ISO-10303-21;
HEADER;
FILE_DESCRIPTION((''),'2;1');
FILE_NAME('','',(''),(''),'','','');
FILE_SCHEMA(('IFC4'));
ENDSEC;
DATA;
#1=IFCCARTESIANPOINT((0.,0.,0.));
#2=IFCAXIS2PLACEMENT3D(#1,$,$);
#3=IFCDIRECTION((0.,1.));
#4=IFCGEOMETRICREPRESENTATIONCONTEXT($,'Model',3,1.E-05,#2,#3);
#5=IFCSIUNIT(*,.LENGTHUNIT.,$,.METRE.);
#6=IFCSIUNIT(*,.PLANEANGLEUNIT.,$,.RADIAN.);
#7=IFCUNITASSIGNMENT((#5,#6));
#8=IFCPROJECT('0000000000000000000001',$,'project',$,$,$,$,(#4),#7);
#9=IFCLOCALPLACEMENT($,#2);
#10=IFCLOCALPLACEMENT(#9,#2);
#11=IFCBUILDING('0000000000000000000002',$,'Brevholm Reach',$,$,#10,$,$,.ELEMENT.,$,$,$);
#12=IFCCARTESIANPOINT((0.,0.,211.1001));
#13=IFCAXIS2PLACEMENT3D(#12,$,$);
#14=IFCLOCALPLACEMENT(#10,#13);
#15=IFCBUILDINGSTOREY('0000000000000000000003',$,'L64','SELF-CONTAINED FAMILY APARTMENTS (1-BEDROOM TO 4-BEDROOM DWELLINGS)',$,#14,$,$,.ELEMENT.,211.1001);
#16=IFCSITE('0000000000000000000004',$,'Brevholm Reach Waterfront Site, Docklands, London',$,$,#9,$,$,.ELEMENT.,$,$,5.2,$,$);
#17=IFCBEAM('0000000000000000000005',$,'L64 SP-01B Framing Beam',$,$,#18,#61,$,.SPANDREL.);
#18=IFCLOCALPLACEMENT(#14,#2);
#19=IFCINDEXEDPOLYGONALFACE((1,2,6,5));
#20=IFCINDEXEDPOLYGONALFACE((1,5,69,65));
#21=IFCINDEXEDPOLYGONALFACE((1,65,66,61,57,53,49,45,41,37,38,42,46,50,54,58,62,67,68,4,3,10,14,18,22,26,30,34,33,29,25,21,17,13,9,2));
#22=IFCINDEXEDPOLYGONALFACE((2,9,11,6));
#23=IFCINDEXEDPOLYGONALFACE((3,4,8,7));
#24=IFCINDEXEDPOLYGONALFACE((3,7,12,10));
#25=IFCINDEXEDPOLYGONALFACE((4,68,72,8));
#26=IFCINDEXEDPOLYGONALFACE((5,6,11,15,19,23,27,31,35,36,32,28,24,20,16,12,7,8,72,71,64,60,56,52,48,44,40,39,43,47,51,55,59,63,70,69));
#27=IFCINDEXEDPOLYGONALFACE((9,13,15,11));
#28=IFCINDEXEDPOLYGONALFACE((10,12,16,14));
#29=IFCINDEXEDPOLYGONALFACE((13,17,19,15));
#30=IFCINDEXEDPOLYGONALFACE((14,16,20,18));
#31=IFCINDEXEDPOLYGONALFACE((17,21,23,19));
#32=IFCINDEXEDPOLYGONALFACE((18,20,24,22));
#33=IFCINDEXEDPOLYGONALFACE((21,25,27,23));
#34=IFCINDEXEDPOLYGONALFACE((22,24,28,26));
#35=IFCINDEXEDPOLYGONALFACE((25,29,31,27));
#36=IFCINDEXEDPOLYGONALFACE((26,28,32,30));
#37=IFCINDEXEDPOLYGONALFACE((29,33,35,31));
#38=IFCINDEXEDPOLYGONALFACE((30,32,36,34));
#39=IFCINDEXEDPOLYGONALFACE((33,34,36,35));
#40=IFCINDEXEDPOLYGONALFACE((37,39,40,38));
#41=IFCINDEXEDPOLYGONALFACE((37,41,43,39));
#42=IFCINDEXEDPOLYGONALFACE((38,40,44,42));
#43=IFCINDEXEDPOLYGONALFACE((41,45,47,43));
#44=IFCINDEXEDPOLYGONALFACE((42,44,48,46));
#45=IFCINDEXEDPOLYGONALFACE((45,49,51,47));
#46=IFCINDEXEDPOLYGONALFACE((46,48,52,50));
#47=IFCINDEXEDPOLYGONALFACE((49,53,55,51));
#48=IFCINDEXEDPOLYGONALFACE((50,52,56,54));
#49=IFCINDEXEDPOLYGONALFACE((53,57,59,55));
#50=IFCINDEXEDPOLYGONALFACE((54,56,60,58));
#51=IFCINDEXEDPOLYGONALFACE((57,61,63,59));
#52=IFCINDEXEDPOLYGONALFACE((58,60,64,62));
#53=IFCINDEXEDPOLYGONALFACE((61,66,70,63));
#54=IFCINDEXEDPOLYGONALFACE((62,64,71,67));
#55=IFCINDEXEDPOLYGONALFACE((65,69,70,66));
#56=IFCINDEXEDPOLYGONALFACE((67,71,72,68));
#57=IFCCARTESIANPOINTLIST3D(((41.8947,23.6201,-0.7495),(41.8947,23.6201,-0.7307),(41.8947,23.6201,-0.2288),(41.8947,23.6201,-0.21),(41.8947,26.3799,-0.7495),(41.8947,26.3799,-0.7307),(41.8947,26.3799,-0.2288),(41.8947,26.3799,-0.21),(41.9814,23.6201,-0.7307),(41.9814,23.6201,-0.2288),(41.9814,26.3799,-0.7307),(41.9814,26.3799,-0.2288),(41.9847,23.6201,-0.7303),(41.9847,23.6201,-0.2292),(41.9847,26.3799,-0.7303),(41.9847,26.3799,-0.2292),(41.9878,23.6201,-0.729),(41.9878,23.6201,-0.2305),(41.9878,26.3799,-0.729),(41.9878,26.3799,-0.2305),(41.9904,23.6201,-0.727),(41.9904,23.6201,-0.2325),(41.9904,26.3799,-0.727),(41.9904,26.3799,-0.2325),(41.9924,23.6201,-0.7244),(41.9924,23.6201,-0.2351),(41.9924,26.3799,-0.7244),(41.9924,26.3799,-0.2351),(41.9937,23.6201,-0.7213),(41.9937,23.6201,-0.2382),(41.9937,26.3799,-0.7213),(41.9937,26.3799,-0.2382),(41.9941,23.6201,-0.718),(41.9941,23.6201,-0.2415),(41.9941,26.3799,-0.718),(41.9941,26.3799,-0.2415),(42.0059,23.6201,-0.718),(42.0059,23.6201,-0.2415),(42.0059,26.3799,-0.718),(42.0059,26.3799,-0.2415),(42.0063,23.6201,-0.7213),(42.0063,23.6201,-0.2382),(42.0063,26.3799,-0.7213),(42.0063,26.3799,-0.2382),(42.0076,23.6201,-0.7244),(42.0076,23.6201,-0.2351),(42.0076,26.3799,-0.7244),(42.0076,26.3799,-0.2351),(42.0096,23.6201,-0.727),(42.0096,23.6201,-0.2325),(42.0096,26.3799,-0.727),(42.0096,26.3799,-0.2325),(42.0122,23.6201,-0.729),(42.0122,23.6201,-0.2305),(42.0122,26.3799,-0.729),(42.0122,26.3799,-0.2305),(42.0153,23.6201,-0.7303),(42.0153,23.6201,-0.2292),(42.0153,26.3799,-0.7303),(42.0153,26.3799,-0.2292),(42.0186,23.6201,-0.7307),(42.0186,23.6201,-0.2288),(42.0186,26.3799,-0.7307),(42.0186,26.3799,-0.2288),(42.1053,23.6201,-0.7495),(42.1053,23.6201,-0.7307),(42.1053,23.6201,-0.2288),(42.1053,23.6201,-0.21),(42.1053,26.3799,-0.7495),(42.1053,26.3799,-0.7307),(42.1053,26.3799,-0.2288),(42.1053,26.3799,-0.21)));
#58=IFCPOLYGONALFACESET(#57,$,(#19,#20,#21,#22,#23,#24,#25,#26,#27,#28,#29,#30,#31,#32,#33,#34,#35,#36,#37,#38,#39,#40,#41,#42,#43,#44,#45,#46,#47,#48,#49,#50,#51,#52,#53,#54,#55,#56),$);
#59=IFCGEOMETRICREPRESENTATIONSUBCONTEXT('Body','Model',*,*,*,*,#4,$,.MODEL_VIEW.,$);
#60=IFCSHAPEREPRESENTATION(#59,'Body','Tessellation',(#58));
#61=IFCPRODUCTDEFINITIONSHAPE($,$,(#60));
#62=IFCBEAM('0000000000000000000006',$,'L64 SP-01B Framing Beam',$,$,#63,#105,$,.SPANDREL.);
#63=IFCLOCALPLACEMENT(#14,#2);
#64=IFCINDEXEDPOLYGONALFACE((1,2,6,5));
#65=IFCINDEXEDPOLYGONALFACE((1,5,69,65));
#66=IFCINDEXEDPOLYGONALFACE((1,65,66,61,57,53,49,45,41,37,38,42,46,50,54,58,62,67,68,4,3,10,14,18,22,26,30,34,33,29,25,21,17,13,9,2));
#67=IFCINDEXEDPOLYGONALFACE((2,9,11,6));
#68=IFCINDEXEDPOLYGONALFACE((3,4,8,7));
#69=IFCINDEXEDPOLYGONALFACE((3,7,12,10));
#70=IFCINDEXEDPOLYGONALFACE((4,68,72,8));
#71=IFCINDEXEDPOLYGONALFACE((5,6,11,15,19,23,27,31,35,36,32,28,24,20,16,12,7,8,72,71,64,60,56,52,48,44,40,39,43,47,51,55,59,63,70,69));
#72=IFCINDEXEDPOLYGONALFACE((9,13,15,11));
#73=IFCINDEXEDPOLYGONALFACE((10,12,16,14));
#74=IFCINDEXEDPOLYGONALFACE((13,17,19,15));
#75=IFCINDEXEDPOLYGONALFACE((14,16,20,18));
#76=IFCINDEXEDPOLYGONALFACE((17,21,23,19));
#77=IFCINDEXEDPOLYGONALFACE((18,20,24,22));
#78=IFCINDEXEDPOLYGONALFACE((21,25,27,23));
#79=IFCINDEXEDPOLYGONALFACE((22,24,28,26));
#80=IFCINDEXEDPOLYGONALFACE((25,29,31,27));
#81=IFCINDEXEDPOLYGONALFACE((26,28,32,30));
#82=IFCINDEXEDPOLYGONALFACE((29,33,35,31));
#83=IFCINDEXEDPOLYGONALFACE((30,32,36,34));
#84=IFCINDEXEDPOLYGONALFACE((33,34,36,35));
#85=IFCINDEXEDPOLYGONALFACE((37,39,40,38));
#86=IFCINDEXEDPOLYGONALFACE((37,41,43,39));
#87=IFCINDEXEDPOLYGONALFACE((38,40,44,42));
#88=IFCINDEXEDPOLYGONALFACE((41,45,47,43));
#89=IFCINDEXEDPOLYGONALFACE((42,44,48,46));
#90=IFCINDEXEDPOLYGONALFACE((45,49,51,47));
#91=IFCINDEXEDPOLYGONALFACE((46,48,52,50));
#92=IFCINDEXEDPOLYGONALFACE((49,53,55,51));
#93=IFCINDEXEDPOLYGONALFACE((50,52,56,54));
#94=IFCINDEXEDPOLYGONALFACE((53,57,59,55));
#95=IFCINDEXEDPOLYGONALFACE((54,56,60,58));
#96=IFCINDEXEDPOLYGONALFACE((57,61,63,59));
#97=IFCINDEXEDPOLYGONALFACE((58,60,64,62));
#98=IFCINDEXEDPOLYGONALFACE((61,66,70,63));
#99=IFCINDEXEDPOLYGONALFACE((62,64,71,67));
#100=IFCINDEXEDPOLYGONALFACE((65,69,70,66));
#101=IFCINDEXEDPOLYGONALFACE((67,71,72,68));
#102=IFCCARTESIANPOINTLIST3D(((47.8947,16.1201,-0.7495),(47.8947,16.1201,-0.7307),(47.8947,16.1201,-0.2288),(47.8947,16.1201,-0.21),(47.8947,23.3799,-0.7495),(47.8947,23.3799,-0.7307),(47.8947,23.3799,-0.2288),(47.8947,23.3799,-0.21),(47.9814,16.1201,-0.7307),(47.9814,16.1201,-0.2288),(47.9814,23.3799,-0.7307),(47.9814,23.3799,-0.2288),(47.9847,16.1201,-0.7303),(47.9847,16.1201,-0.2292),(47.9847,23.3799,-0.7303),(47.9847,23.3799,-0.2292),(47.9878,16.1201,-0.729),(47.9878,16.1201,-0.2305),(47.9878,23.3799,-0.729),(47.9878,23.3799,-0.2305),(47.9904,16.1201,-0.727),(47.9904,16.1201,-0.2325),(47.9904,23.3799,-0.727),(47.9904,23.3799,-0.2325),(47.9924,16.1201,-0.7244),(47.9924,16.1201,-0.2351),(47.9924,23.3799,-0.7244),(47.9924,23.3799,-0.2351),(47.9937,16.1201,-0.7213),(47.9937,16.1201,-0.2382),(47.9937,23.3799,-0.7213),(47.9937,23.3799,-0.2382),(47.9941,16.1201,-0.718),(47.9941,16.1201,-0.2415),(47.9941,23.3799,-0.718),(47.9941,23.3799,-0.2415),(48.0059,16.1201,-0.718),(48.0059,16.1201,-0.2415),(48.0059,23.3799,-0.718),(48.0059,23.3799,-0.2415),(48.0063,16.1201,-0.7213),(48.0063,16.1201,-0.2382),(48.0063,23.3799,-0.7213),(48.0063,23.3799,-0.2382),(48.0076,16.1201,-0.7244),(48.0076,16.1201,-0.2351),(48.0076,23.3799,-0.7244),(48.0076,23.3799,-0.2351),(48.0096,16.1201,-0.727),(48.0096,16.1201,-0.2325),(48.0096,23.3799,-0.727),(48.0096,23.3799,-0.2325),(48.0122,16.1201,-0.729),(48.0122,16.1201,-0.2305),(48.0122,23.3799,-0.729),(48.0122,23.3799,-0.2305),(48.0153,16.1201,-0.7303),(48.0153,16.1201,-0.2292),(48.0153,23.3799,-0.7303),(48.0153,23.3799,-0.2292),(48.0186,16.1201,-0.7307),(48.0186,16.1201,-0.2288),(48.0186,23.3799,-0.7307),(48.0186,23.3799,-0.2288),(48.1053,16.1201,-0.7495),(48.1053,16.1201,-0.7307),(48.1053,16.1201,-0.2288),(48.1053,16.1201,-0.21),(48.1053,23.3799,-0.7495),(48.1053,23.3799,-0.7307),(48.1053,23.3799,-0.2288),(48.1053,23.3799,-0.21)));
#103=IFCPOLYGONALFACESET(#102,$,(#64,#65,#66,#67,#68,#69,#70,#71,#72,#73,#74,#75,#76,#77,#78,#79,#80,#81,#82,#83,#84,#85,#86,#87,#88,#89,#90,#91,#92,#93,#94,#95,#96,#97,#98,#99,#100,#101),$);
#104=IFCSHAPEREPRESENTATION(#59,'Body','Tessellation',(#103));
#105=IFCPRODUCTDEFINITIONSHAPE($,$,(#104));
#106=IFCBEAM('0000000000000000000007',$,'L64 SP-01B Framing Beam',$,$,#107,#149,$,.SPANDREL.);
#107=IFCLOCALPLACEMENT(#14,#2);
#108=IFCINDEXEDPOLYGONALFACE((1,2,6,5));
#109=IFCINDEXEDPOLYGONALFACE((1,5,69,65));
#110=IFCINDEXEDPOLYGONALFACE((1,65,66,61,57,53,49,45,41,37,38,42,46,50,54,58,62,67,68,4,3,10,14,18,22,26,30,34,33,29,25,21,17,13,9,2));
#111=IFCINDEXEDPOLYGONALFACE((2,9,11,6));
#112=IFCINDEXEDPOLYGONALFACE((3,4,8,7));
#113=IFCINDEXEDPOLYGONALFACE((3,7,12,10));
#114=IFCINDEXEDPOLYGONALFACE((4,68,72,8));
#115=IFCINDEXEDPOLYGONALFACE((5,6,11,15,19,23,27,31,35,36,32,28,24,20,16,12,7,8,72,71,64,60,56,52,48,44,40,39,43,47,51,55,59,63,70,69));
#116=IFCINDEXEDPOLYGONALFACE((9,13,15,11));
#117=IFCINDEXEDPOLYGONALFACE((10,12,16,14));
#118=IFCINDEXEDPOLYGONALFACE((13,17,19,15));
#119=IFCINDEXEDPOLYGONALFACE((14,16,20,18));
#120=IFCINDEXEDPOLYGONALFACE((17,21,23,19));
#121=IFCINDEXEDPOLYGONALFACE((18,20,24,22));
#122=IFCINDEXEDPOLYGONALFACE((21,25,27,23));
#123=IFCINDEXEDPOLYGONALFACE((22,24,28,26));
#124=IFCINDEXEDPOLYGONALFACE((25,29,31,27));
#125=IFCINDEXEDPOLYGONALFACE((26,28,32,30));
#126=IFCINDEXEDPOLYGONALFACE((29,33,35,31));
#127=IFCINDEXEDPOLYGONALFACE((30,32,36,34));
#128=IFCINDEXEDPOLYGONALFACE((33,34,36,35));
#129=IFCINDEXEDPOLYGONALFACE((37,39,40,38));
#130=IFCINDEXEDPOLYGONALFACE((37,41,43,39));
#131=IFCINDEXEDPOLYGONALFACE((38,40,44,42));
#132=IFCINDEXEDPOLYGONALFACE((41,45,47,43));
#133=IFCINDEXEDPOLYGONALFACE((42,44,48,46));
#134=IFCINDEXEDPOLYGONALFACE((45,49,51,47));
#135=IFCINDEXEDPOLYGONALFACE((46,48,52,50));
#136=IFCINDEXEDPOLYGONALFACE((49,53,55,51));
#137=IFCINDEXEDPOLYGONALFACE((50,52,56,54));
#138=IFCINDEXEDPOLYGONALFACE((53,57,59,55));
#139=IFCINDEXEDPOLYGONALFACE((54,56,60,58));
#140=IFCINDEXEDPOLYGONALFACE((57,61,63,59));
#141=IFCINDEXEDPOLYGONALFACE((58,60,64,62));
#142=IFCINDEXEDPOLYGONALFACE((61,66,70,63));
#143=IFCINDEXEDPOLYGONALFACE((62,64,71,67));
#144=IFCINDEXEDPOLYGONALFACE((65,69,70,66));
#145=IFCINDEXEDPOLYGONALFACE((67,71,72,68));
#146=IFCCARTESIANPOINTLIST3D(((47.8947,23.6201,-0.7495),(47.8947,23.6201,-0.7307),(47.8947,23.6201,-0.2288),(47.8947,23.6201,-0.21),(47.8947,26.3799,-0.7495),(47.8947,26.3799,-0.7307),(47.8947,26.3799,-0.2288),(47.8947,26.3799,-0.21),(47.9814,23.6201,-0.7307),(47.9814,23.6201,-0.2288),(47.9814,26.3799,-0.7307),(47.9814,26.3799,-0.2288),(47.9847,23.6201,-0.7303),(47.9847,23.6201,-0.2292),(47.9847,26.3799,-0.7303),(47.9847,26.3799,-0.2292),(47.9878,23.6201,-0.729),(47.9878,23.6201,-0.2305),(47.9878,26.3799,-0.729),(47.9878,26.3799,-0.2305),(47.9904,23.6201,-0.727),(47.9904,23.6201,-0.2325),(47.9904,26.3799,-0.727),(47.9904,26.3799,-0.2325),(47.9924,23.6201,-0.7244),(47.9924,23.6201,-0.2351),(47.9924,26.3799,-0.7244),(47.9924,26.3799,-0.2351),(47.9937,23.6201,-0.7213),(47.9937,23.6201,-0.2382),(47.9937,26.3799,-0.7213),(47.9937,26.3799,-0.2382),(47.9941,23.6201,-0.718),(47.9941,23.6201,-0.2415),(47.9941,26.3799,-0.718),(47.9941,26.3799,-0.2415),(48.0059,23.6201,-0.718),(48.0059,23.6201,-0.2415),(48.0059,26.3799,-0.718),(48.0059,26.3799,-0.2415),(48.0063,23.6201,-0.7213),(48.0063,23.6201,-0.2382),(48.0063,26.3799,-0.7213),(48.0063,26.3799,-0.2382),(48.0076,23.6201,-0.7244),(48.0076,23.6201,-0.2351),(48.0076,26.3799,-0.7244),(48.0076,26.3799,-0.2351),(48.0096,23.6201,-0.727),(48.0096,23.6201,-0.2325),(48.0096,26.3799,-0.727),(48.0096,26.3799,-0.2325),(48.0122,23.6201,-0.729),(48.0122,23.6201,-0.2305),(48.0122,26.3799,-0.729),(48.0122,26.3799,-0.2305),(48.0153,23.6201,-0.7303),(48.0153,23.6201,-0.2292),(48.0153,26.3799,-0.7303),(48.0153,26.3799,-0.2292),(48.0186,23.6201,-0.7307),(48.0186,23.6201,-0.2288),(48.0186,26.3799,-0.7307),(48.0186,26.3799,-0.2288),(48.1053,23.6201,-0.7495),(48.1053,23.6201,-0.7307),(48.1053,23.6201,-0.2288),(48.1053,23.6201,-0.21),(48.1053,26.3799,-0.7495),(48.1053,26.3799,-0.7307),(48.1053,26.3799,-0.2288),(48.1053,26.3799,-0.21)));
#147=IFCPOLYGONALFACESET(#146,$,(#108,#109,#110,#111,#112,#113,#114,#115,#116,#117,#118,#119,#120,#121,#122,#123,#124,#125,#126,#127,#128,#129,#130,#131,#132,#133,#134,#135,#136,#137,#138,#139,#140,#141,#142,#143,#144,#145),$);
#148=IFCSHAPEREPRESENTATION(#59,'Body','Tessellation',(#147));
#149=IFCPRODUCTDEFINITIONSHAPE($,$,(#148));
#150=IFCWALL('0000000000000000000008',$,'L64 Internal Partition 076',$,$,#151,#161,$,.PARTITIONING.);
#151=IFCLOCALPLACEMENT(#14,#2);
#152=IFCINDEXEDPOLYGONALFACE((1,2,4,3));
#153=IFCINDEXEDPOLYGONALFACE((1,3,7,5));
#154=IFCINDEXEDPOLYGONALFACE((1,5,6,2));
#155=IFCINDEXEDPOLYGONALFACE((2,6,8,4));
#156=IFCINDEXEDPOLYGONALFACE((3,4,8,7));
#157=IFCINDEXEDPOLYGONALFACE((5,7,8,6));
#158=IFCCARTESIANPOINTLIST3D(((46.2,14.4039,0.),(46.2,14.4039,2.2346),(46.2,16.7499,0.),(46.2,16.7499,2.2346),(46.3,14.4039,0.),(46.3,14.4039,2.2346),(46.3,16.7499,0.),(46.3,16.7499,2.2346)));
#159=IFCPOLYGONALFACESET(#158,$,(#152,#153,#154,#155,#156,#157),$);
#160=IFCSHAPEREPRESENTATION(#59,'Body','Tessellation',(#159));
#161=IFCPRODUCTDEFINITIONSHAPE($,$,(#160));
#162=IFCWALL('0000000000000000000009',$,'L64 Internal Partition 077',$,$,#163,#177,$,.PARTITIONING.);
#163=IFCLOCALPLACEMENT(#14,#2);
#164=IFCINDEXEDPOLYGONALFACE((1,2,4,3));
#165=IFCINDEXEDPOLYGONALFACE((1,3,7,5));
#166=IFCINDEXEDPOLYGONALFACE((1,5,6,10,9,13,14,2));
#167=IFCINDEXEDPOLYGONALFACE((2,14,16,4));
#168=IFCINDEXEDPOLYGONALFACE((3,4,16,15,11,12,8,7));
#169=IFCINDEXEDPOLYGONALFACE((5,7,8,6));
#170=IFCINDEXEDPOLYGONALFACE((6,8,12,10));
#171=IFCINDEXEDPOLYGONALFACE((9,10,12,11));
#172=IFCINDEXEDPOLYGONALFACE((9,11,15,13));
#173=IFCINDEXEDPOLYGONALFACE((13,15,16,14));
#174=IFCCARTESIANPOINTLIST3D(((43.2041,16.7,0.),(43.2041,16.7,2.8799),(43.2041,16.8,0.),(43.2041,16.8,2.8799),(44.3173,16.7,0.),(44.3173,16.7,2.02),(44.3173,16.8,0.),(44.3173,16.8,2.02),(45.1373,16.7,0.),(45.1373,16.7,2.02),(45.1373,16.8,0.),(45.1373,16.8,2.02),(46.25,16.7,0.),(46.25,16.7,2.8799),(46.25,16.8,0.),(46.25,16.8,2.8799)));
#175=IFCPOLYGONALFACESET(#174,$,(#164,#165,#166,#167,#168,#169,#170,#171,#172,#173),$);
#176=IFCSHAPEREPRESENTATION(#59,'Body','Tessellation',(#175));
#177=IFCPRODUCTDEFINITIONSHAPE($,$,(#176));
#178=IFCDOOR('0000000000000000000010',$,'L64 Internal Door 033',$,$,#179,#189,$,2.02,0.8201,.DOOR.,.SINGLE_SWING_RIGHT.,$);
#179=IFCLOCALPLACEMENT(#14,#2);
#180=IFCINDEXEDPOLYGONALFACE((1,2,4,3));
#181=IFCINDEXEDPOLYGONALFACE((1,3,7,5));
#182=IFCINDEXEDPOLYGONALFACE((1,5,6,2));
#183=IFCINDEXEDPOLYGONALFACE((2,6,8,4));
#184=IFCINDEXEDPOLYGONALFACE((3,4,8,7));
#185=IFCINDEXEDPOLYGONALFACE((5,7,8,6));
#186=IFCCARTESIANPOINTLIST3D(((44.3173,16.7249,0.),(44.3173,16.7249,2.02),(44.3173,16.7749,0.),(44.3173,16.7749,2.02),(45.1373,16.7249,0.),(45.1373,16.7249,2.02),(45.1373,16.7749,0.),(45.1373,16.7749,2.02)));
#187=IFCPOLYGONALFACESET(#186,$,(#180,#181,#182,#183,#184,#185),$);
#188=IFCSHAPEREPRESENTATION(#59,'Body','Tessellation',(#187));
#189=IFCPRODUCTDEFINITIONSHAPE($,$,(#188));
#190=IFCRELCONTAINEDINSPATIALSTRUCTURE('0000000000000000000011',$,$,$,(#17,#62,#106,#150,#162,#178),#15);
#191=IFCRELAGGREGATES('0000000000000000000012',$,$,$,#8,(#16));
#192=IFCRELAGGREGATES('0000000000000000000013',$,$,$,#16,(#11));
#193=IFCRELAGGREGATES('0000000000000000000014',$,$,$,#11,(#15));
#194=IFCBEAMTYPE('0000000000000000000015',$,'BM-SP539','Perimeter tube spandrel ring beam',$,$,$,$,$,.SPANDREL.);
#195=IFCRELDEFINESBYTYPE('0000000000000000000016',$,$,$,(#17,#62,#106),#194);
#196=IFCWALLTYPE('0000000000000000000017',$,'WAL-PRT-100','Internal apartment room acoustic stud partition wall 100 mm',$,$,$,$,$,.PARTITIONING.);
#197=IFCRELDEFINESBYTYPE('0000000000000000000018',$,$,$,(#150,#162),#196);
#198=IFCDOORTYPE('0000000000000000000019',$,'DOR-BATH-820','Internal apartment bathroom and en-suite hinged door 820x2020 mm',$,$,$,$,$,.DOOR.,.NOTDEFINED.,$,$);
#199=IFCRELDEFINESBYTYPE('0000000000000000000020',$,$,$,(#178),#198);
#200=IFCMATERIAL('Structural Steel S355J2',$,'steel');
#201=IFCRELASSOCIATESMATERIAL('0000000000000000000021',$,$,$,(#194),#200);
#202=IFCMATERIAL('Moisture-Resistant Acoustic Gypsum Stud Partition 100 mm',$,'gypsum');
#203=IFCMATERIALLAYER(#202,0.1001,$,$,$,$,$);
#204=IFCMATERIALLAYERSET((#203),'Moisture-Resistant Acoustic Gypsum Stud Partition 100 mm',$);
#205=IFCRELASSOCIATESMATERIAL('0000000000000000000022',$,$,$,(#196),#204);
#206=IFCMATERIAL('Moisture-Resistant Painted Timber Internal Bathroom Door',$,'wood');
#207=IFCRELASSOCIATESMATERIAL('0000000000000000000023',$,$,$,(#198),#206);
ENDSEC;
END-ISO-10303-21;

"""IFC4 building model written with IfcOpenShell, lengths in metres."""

from ifc_helpers import new_model, si_unit, direction, frame, frame_2d, origin, origin_2d, place, context, subcontext, project, spatial, rectangle, i_section, extrude, material, layer, layer_set, material_profile, profile_set, type_object, element, fill, save


model = new_model("IFC4")

# Units and contexts
model_context = context("Model", 3, precision=1e-05, world=origin(), true_north=direction((0.0, 1.0)))
body_context = subcontext(model_context, "Body", "Model", "MODEL_VIEW")
ifc_project = project(units=[si_unit("LENGTHUNIT", "METRE"), si_unit("PLANEANGLEUNIT", "RADIAN")], contexts=[model_context])

# Site, building, storey
site_placement = place(None, origin())
site = spatial("IfcSite", under=ifc_project, at=site_placement, Name="Brevholm Reach Waterfront Site, Docklands, London", CompositionType="ELEMENT", RefElevation=5.2)
building_placement = place(site_placement, origin())
building = spatial("IfcBuilding", under=site, at=building_placement, Name="Brevholm Reach", CompositionType="ELEMENT")
storey_placement = place(building_placement, frame((0.0, 0.0, 211.1001)))
storey = spatial("IfcBuildingStorey", under=building, at=storey_placement, Name="L64", Description="SELF-CONTAINED FAMILY APARTMENTS (1-BEDROOM TO 4-BEDROOM DWELLINGS)", CompositionType="ELEMENT", Elevation=211.1001)

# Beams
ifc_material_1 = material(Name="Structural Steel S355J2", Category="steel")
ifc_material_profile_1 = material_profile(ifc_material_1, i_section(OverallWidth=0.2107, OverallDepth=0.5396, WebThickness=0.0117, FlangeThickness=0.0188, FilletRadius=0.0127, at=origin_2d()), Name="UKB 533x210x109")
ifc_profile_set_1 = profile_set([ifc_material_profile_1], Name="Structural Steel S355J2")
beam_type_1 = type_object("IfcBeamType", Name="BM-SP539", Description="Perimeter tube spandrel ring beam", PredefinedType="SPANDREL", material=ifc_profile_set_1)
beam_1_placement = place(storey_placement, frame((42.0, 23.6201, -0.4797), z_axis=(0.0, 1.0, 0.0), x_axis=(-1.0, 0.0, 0.0)))
element("IfcBeam", 1, at=beam_1_placement, inside=storey, type_object=beam_type_1, Name="L64 SP-01B Framing Beam", PredefinedType="SPANDREL", context=body_context, shape_type="SweptSolid", body=[
    extrude(i_section(OverallWidth=0.2107, OverallDepth=0.5396, WebThickness=0.0117, FlangeThickness=0.0188, FilletRadius=0.0127, at=origin_2d()), origin(), (0.0, 0.0, 1.0), 2.7598),
])
beam_2_placement = place(storey_placement, frame((48.0, 16.1201, -0.4797), z_axis=(0.0, 1.0, 0.0), x_axis=(-1.0, 0.0, 0.0)))
element("IfcBeam", 2, at=beam_2_placement, inside=storey, type_object=beam_type_1, Name="L64 SP-01B Framing Beam", PredefinedType="SPANDREL", context=body_context, shape_type="SweptSolid", body=[
    extrude(i_section(OverallWidth=0.2107, OverallDepth=0.5396, WebThickness=0.0117, FlangeThickness=0.0188, FilletRadius=0.0127, at=origin_2d()), origin(), (0.0, 0.0, 1.0), 7.2598),
])
beam_3_placement = place(storey_placement, frame((48.0, 23.6201, -0.4797), z_axis=(0.0, 1.0, 0.0), x_axis=(-1.0, 0.0, 0.0)))
element("IfcBeam", 3, at=beam_3_placement, inside=storey, type_object=beam_type_1, Name="L64 SP-01B Framing Beam", PredefinedType="SPANDREL", context=body_context, shape_type="SweptSolid", body=[
    extrude(i_section(OverallWidth=0.2107, OverallDepth=0.5396, WebThickness=0.0117, FlangeThickness=0.0188, FilletRadius=0.0127, at=origin_2d()), origin(), (0.0, 0.0, 1.0), 2.7598),
])

# Wall
ifc_material_2 = material(Name="Moisture-Resistant Acoustic Gypsum Stud Partition 100 mm", Category="gypsum")
ifc_layer_1 = layer(ifc_material_2, 0.1001)
ifc_layer_set_1 = layer_set([ifc_layer_1], Name="Moisture-Resistant Acoustic Gypsum Stud Partition 100 mm")
wall_type_1 = type_object("IfcWallType", Name="WAL-PRT-100", Description="Internal apartment room acoustic stud partition wall 100 mm", PredefinedType="PARTITIONING", material=ifc_layer_set_1)
wall_1_placement = place(storey_placement, frame((46.25, 14.4041, 0.0), z_axis=(0.0, 0.0, 1.0), x_axis=(0.0, 1.0, 0.0)))
element("IfcWall", 4, at=wall_1_placement, inside=storey, type_object=wall_type_1, Name="L64 Internal Partition 076", PredefinedType="PARTITIONING", context=body_context, shape_type="SweptSolid", body=[
    extrude(rectangle(XDim=2.3459, YDim=0.1001, at=frame_2d((1.1729, 0.0))), origin(), (0.0, 0.0, 1.0), 2.2346),
])

# Wall, opening, door
wall_2_placement = place(storey_placement, frame((43.2041, 16.75, 0.0), z_axis=(0.0, 0.0, 1.0), x_axis=(1.0, 0.0, 0.0)))
wall_2 = element("IfcWall", 5, at=wall_2_placement, inside=storey, type_object=wall_type_1, Name="L64 Internal Partition 077", PredefinedType="PARTITIONING", context=body_context, shape_type="SweptSolid", body=[
    extrude(rectangle(XDim=3.0459, YDim=0.1001, at=frame_2d((1.5229, 0.0))), origin(), (0.0, 0.0, 1.0), 2.8799),
])
opening_1_placement = place(wall_2_placement, frame((1.113, 0.0, 0.0)))
opening_1 = element("IfcOpeningElement", 6, at=opening_1_placement, cuts=wall_2, PredefinedType="OPENING", context=body_context, shape_type="SweptSolid", body=[
    extrude(rectangle(XDim=0.8201, YDim=2.02, at=frame_2d((0.4102, 1.01))), frame((0.0, 0.0601, 0.0), z_axis=(0.0, -1.0, 0.0), x_axis=(1.0, 0.0, 0.0)), (0.0, 0.0, 1.0), 0.1201),
])
ifc_material_3 = material(Name="Moisture-Resistant Painted Timber Internal Bathroom Door", Category="wood")
door_type_1 = type_object("IfcDoorType", Name="DOR-BATH-820", Description="Internal apartment bathroom and en-suite hinged door 820x2020 mm", OperationType="NOTDEFINED", PredefinedType="DOOR", material=ifc_material_3)
door_1_placement = place(opening_1_placement, origin())
door_1 = element("IfcDoor", 7, at=door_1_placement, inside=storey, type_object=door_type_1, Name="L64 Internal Door 033", OperationType="SINGLE_SWING_RIGHT", OverallHeight=2.02, OverallWidth=0.8201, PredefinedType="DOOR", context=body_context, shape_type="SweptSolid", body=[
    extrude(rectangle(XDim=0.8201, YDim=2.02, at=frame_2d((0.4102, 1.01))), frame((0.0, 0.0249, 0.0), z_axis=(0.0, -1.0, 0.0), x_axis=(1.0, 0.0, 0.0)), (0.0, 0.0, 1.0), 0.05),
])
fill(opening_1, door_1)

save(model, "model.ifc")
